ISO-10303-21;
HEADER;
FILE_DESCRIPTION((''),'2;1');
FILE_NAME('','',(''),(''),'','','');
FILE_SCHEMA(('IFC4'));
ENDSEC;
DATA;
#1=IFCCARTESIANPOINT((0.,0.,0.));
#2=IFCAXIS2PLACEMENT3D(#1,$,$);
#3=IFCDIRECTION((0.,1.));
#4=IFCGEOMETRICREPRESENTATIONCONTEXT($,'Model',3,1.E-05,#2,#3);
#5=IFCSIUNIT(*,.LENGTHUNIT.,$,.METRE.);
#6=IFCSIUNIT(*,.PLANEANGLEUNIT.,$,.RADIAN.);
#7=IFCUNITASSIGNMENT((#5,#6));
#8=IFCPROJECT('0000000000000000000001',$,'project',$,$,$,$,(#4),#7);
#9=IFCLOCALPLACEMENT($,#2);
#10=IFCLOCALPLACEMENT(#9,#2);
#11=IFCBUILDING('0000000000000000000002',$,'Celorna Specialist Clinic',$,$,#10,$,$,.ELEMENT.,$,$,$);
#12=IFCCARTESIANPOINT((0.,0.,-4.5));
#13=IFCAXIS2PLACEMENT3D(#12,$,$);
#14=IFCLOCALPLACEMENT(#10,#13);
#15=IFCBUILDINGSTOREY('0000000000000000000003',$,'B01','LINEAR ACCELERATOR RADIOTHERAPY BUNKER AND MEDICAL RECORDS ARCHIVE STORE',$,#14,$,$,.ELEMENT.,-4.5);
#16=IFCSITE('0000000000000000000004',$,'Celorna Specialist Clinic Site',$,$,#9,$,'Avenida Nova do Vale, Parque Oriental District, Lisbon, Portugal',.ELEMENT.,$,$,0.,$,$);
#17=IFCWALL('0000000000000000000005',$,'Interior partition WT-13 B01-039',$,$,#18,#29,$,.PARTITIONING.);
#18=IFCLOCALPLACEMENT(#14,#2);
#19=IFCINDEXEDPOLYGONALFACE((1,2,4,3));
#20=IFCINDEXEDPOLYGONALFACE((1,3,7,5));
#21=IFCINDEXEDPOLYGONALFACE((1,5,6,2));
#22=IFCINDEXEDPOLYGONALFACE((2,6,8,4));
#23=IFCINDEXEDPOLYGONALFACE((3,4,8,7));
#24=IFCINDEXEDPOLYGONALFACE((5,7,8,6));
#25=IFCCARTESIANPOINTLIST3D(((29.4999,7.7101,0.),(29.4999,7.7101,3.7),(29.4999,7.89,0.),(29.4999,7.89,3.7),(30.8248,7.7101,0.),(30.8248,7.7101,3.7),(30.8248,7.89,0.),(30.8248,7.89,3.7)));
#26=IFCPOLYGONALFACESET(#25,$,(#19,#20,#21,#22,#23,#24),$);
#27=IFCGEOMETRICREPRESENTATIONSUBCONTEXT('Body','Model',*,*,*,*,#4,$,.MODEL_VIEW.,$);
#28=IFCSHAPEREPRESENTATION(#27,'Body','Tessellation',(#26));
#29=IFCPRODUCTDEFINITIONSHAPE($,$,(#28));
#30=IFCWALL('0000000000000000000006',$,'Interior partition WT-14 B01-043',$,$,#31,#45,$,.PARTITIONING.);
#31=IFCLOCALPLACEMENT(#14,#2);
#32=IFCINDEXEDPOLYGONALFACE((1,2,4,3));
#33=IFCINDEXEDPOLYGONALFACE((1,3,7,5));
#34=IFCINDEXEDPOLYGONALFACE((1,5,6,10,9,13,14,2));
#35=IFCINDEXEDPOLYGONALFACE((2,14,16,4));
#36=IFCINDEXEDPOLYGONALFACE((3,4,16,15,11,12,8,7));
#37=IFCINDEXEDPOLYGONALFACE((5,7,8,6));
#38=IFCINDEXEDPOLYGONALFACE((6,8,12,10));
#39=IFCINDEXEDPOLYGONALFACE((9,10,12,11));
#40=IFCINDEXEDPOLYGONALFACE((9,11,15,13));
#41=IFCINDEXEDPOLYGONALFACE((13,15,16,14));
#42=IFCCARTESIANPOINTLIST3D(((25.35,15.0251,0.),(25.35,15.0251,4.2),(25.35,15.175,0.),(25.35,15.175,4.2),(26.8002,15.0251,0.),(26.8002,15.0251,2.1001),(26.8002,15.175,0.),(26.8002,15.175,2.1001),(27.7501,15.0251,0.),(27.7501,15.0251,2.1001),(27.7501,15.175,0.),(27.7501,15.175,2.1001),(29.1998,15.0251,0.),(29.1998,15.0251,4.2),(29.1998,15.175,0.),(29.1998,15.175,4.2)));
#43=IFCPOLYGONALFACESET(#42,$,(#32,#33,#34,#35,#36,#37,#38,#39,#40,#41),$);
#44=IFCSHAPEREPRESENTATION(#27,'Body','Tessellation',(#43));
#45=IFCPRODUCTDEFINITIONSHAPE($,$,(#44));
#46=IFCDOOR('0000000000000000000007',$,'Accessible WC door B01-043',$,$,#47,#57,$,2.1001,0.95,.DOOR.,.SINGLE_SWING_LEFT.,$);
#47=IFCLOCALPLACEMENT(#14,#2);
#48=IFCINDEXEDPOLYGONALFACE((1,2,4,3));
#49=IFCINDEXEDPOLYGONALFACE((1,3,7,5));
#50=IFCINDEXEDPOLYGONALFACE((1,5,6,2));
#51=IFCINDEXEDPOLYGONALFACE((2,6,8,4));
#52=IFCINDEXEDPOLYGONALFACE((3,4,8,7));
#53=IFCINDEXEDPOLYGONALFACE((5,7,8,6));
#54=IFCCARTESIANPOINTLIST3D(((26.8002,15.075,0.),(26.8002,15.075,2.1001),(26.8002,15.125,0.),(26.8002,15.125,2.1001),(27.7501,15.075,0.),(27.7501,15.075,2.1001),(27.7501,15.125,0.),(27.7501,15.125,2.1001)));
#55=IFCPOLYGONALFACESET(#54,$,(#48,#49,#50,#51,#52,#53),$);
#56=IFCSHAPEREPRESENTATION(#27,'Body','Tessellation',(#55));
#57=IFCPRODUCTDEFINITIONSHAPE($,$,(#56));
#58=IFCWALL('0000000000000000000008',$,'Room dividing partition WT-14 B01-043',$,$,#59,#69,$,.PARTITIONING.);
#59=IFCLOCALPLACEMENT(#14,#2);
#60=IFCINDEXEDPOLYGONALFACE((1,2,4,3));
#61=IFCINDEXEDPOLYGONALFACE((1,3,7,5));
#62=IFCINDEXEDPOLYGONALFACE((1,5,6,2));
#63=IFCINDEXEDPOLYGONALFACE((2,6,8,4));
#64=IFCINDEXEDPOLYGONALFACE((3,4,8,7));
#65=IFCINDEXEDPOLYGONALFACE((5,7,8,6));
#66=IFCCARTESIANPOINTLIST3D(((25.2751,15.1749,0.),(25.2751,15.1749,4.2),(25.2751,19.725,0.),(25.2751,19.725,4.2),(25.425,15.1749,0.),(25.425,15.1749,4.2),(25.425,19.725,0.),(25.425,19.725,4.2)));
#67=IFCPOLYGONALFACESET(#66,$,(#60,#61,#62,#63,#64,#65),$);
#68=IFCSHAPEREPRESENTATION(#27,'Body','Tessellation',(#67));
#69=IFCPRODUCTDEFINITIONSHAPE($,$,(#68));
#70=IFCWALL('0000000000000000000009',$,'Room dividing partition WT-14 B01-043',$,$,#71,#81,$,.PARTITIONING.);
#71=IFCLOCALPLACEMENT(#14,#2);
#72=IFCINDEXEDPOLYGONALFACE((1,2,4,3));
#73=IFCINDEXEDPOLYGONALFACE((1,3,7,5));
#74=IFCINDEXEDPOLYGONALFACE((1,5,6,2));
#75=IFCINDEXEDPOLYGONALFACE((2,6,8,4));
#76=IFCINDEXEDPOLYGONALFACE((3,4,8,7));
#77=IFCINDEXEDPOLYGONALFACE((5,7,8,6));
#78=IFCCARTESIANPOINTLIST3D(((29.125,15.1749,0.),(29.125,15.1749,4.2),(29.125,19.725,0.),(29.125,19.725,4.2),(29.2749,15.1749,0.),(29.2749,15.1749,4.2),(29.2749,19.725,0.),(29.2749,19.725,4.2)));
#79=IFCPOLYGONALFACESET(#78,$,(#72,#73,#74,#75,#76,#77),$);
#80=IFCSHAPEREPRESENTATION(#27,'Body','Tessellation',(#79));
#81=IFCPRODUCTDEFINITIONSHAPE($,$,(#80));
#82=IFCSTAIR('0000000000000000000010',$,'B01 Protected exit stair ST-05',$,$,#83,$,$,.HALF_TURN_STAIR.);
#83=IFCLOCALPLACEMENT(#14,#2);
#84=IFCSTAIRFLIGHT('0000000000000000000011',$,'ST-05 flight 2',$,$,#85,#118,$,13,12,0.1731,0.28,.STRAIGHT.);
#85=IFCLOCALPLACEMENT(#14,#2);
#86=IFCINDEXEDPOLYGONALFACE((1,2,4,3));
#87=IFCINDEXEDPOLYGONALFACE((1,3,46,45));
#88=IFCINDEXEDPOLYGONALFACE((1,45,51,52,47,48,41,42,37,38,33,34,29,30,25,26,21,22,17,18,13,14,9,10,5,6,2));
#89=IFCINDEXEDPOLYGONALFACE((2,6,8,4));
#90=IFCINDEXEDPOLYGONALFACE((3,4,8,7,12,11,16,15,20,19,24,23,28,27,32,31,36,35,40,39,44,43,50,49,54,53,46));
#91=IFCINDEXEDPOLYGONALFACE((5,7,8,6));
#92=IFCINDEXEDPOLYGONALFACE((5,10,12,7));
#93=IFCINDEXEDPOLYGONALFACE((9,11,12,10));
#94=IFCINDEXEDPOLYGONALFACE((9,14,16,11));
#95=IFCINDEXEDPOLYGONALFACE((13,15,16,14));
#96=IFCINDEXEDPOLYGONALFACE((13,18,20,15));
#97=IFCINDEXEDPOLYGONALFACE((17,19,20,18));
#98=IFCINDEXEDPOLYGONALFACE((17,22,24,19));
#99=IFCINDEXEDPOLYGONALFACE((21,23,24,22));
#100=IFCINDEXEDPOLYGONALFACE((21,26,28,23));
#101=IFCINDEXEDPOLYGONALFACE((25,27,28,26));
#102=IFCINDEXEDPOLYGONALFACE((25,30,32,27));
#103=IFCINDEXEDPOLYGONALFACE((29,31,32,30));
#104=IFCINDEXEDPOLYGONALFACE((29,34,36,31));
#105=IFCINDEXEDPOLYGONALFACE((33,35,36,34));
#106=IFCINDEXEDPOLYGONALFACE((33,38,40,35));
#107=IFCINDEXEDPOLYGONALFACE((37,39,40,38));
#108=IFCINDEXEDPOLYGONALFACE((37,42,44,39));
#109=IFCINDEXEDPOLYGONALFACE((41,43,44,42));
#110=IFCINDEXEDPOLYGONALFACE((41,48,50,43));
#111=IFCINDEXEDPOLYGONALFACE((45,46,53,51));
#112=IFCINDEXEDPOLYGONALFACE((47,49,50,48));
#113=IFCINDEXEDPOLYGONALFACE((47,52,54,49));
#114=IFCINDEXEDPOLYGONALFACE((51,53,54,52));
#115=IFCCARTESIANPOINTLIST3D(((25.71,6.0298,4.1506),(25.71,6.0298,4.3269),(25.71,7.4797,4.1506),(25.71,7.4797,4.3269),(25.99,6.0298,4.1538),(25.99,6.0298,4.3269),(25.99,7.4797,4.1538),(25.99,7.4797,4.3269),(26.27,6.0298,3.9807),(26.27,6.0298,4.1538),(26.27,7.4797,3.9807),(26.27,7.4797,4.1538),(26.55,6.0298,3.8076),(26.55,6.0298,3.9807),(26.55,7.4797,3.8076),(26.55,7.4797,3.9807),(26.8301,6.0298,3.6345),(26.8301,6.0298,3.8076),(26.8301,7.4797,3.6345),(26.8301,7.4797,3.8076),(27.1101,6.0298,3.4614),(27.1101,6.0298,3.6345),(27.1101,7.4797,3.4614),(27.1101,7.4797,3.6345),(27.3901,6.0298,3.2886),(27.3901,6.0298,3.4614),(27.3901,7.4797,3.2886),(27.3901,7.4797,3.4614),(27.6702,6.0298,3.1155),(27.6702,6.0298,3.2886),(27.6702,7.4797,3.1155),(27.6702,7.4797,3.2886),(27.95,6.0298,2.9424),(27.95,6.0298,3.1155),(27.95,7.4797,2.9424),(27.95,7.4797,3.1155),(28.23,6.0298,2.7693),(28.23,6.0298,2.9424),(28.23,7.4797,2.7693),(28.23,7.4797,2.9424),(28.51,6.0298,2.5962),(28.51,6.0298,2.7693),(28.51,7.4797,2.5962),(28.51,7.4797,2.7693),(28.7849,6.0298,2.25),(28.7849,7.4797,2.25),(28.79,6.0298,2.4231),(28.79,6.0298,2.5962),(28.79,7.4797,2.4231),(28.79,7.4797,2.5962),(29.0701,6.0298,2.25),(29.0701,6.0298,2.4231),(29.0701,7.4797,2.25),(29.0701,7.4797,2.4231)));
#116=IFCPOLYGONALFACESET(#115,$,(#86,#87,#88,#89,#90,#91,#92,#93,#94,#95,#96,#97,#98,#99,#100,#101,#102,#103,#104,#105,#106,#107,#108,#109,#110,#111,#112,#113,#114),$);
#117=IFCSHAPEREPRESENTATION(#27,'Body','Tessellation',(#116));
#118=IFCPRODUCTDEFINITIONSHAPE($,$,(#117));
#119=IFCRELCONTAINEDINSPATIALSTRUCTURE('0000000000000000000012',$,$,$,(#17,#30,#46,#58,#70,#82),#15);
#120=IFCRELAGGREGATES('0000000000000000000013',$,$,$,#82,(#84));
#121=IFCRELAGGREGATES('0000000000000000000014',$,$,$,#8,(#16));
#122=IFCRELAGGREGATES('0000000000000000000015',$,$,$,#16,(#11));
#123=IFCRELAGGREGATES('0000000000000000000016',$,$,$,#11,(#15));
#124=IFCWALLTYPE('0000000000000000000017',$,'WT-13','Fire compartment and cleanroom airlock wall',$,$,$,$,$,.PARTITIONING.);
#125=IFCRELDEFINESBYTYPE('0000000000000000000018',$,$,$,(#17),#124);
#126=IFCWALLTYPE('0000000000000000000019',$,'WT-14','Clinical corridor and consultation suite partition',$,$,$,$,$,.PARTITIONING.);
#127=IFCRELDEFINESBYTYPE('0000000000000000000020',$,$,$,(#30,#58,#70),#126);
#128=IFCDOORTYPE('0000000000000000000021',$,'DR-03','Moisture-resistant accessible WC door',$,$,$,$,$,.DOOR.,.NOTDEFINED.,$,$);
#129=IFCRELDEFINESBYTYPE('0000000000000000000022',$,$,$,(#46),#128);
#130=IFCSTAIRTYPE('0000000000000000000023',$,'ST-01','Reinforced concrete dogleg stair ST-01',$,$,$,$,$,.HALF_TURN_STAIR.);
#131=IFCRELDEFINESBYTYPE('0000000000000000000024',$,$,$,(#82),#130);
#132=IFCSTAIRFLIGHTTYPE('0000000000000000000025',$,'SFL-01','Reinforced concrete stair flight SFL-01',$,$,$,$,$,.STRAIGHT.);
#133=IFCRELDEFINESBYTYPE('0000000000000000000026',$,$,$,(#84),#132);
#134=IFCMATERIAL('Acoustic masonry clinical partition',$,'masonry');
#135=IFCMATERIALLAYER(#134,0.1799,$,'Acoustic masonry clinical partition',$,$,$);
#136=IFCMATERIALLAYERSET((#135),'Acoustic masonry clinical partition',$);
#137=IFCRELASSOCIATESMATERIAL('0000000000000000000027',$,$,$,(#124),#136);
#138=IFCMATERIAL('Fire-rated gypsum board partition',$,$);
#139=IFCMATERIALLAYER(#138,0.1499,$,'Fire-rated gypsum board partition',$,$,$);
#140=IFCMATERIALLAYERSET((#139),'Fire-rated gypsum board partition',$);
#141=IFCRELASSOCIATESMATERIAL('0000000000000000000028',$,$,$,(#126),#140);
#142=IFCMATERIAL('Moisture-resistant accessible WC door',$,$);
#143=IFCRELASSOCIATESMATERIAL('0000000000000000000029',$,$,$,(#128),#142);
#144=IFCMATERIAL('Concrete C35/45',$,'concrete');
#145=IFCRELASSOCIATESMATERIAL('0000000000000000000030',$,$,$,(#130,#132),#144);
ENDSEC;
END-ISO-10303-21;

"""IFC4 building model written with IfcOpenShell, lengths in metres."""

from ifc_helpers import new_model, si_unit, direction, frame, frame_2d, origin, place, context, subcontext, project, spatial, polyline, rectangle, outline, extrude, material, layer, layer_set, type_object, element, fill, aggregate, save


model = new_model("IFC4")

# Units and contexts
model_context = context("Model", 3, precision=1e-05, world=origin(), true_north=direction((0.0, 1.0)))
body_context = subcontext(model_context, "Body", "Model", "MODEL_VIEW")
ifc_project = project(units=[si_unit("LENGTHUNIT", "METRE"), si_unit("PLANEANGLEUNIT", "RADIAN")], contexts=[model_context])

# Site, building, storey
site_placement = place(None, origin())
site = spatial("IfcSite", under=ifc_project, at=site_placement, Name="Celorna Specialist Clinic Site", LongName="Avenida Nova do Vale, Parque Oriental District, Lisbon, Portugal", CompositionType="ELEMENT", RefElevation=0.0)
building_placement = place(site_placement, origin())
building = spatial("IfcBuilding", under=site, at=building_placement, Name="Celorna Specialist Clinic", CompositionType="ELEMENT")
storey_placement = place(building_placement, frame((0.0, 0.0, -4.5)))
storey = spatial("IfcBuildingStorey", under=building, at=storey_placement, Name="B01", Description="LINEAR ACCELERATOR RADIOTHERAPY BUNKER AND MEDICAL RECORDS ARCHIVE STORE", CompositionType="ELEMENT", Elevation=-4.5)

# Shared definitions
ifc_material_1 = material(Name="Concrete C35/45", Category="concrete")

# Wall
ifc_material_2 = material(Name="Acoustic masonry clinical partition", Category="masonry")
ifc_layer_1 = layer(ifc_material_2, 0.1799, Name="Acoustic masonry clinical partition")
ifc_layer_set_1 = layer_set([ifc_layer_1], Name="Acoustic masonry clinical partition")
wall_type_1 = type_object("IfcWallType", Name="WT-13", Description="Fire compartment and cleanroom airlock wall", PredefinedType="PARTITIONING", material=ifc_layer_set_1)
wall_1_placement = place(storey_placement, frame((30.825, 7.8, 0.0), z_axis=(0.0, 0.0, 1.0), x_axis=(-1.0, 0.0, 0.0)))
element("IfcWall", 1, at=wall_1_placement, inside=storey, type_object=wall_type_1, Name="Interior partition WT-13 B01-039", PredefinedType="PARTITIONING", context=body_context, shape_type="SweptSolid", body=[
    extrude(rectangle(XDim=1.325, YDim=0.1799, at=frame_2d((0.6626, 0.0))), origin(), (0.0, 0.0, 1.0), 3.7),
])

# Wall, opening, door
ifc_material_3 = material(Name="Fire-rated gypsum board partition")
ifc_layer_2 = layer(ifc_material_3, 0.1499, Name="Fire-rated gypsum board partition")
ifc_layer_set_2 = layer_set([ifc_layer_2], Name="Fire-rated gypsum board partition")
wall_type_2 = type_object("IfcWallType", Name="WT-14", Description="Clinical corridor and consultation suite partition", PredefinedType="PARTITIONING", material=ifc_layer_set_2)
wall_2_placement = place(storey_placement, frame((25.3501, 15.1001, 0.0), z_axis=(0.0, 0.0, 1.0), x_axis=(1.0, 0.0, 0.0)))
wall_2 = element("IfcWall", 2, at=wall_2_placement, inside=storey, type_object=wall_type_2, Name="Interior partition WT-14 B01-043", PredefinedType="PARTITIONING", context=body_context, shape_type="SweptSolid", body=[
    extrude(rectangle(XDim=3.8499, YDim=0.1499, at=frame_2d((1.9248, 0.0))), origin(), (0.0, 0.0, 1.0), 4.2),
])
opening_1_placement = place(wall_2_placement, frame((1.45, 0.0, 0.0)))
opening_1 = element("IfcOpeningElement", 3, at=opening_1_placement, cuts=wall_2, PredefinedType="OPENING", context=body_context, shape_type="SweptSolid", body=[
    extrude(rectangle(XDim=0.95, YDim=2.1001, at=frame_2d((0.4751, 1.05))), frame((0.0, 0.085, 0.0), z_axis=(0.0, -1.0, 0.0), x_axis=(1.0, 0.0, 0.0)), (0.0, 0.0, 1.0), 0.1699),
])
ifc_material_4 = material(Name="Moisture-resistant accessible WC door")
door_type_1 = type_object("IfcDoorType", Name="DR-03", Description="Moisture-resistant accessible WC door", OperationType="NOTDEFINED", PredefinedType="DOOR", material=ifc_material_4)
door_1_placement = place(opening_1_placement, origin())
door_1 = element("IfcDoor", 4, at=door_1_placement, inside=storey, type_object=door_type_1, Name="Accessible WC door B01-043", OperationType="SINGLE_SWING_LEFT", OverallHeight=2.1001, OverallWidth=0.95, PredefinedType="DOOR", context=body_context, shape_type="SweptSolid", body=[
    extrude(rectangle(XDim=0.95, YDim=2.1001, at=frame_2d((0.4751, 1.05))), frame((0.0, 0.0249, 0.0), z_axis=(0.0, -1.0, 0.0), x_axis=(1.0, 0.0, 0.0)), (0.0, 0.0, 1.0), 0.05),
])
fill(opening_1, door_1)

# Walls
for number, where, z_axis, x_axis, name in (
    (5, (25.3501, 15.175, 0.0), (0.0, 0.0, 1.0), (0.0, 1.0, 0.0), "Room dividing partition WT-14 B01-043"),
    (6, (29.2, 15.175, 0.0), (0.0, 0.0, 1.0), (0.0, 1.0, 0.0), "Room dividing partition WT-14 B01-043"),
):
    element("IfcWall", number, at=place(storey_placement, frame(where, z_axis=z_axis, x_axis=x_axis)), inside=storey, type_object=wall_type_2, Name=name, PredefinedType="PARTITIONING", context=body_context, shape_type="SweptSolid", body=[
        extrude(rectangle(XDim=4.55, YDim=0.1499, at=frame_2d((2.2749, 0.0))), origin(), (0.0, 0.0, 1.0), 4.2),
    ])

# Stair, stair flight
stair_type = type_object("IfcStairType", Name="ST-01", Description="Reinforced concrete dogleg stair ST-01", PredefinedType="HALF_TURN_STAIR", material=ifc_material_1)
stair_placement = place(storey_placement, origin())
stair = element("IfcStair", 7, at=stair_placement, inside=storey, type_object=stair_type, Name="B01 Protected exit stair ST-05", PredefinedType="HALF_TURN_STAIR")
stair_flight_type = type_object("IfcStairFlightType", Name="SFL-01", Description="Reinforced concrete stair flight SFL-01", PredefinedType="STRAIGHT", material=ifc_material_1)
stair_flight_placement = place(storey_placement, frame((29.0701, 6.7549, 2.25), z_axis=(0.0, 0.0, 1.0), x_axis=(-1.0, 0.0, 0.0)))
stair_flight = element("IfcStairFlight", 8, at=stair_flight_placement, type_object=stair_flight_type, Name="ST-05 flight 2", NumberOfRisers=13, NumberOfTreads=12, PredefinedType="STRAIGHT", RiserHeight=0.1731, TreadLength=0.28, context=body_context, shape_type="SweptSolid", body=[
    extrude(outline(polyline([(0.0, 0.0), (0.0, 0.1731), (0.28, 0.1731), (0.28, 0.3462), (0.5601, 0.3462), (0.5601, 0.5193), (0.8401, 0.5193), (0.8401, 0.6924), (1.1201, 0.6924), (1.1201, 0.8655), (1.3999, 0.8655), (1.3999, 1.0386), (1.6799, 1.0386), (1.6799, 1.2114), (1.96, 1.2114), (1.96, 1.3845), (2.24, 1.3845), (2.24, 1.5576), (2.52, 1.5576), (2.52, 1.7307), (2.8, 1.7307), (2.8, 1.9038), (3.0801, 1.9038), (3.0801, 2.0769), (3.3601, 2.0769), (3.3601, 2.25), (3.3601, 1.9006), (0.2852, 0.0), (0.0, 0.0)])), frame((0.0, 0.7251, 0.0), z_axis=(0.0, -1.0, 0.0), x_axis=(1.0, 0.0, 0.0)), (0.0, 0.0, 1.0), 1.45),
])
aggregate(stair, [stair_flight])

save(model, "model.ifc")
